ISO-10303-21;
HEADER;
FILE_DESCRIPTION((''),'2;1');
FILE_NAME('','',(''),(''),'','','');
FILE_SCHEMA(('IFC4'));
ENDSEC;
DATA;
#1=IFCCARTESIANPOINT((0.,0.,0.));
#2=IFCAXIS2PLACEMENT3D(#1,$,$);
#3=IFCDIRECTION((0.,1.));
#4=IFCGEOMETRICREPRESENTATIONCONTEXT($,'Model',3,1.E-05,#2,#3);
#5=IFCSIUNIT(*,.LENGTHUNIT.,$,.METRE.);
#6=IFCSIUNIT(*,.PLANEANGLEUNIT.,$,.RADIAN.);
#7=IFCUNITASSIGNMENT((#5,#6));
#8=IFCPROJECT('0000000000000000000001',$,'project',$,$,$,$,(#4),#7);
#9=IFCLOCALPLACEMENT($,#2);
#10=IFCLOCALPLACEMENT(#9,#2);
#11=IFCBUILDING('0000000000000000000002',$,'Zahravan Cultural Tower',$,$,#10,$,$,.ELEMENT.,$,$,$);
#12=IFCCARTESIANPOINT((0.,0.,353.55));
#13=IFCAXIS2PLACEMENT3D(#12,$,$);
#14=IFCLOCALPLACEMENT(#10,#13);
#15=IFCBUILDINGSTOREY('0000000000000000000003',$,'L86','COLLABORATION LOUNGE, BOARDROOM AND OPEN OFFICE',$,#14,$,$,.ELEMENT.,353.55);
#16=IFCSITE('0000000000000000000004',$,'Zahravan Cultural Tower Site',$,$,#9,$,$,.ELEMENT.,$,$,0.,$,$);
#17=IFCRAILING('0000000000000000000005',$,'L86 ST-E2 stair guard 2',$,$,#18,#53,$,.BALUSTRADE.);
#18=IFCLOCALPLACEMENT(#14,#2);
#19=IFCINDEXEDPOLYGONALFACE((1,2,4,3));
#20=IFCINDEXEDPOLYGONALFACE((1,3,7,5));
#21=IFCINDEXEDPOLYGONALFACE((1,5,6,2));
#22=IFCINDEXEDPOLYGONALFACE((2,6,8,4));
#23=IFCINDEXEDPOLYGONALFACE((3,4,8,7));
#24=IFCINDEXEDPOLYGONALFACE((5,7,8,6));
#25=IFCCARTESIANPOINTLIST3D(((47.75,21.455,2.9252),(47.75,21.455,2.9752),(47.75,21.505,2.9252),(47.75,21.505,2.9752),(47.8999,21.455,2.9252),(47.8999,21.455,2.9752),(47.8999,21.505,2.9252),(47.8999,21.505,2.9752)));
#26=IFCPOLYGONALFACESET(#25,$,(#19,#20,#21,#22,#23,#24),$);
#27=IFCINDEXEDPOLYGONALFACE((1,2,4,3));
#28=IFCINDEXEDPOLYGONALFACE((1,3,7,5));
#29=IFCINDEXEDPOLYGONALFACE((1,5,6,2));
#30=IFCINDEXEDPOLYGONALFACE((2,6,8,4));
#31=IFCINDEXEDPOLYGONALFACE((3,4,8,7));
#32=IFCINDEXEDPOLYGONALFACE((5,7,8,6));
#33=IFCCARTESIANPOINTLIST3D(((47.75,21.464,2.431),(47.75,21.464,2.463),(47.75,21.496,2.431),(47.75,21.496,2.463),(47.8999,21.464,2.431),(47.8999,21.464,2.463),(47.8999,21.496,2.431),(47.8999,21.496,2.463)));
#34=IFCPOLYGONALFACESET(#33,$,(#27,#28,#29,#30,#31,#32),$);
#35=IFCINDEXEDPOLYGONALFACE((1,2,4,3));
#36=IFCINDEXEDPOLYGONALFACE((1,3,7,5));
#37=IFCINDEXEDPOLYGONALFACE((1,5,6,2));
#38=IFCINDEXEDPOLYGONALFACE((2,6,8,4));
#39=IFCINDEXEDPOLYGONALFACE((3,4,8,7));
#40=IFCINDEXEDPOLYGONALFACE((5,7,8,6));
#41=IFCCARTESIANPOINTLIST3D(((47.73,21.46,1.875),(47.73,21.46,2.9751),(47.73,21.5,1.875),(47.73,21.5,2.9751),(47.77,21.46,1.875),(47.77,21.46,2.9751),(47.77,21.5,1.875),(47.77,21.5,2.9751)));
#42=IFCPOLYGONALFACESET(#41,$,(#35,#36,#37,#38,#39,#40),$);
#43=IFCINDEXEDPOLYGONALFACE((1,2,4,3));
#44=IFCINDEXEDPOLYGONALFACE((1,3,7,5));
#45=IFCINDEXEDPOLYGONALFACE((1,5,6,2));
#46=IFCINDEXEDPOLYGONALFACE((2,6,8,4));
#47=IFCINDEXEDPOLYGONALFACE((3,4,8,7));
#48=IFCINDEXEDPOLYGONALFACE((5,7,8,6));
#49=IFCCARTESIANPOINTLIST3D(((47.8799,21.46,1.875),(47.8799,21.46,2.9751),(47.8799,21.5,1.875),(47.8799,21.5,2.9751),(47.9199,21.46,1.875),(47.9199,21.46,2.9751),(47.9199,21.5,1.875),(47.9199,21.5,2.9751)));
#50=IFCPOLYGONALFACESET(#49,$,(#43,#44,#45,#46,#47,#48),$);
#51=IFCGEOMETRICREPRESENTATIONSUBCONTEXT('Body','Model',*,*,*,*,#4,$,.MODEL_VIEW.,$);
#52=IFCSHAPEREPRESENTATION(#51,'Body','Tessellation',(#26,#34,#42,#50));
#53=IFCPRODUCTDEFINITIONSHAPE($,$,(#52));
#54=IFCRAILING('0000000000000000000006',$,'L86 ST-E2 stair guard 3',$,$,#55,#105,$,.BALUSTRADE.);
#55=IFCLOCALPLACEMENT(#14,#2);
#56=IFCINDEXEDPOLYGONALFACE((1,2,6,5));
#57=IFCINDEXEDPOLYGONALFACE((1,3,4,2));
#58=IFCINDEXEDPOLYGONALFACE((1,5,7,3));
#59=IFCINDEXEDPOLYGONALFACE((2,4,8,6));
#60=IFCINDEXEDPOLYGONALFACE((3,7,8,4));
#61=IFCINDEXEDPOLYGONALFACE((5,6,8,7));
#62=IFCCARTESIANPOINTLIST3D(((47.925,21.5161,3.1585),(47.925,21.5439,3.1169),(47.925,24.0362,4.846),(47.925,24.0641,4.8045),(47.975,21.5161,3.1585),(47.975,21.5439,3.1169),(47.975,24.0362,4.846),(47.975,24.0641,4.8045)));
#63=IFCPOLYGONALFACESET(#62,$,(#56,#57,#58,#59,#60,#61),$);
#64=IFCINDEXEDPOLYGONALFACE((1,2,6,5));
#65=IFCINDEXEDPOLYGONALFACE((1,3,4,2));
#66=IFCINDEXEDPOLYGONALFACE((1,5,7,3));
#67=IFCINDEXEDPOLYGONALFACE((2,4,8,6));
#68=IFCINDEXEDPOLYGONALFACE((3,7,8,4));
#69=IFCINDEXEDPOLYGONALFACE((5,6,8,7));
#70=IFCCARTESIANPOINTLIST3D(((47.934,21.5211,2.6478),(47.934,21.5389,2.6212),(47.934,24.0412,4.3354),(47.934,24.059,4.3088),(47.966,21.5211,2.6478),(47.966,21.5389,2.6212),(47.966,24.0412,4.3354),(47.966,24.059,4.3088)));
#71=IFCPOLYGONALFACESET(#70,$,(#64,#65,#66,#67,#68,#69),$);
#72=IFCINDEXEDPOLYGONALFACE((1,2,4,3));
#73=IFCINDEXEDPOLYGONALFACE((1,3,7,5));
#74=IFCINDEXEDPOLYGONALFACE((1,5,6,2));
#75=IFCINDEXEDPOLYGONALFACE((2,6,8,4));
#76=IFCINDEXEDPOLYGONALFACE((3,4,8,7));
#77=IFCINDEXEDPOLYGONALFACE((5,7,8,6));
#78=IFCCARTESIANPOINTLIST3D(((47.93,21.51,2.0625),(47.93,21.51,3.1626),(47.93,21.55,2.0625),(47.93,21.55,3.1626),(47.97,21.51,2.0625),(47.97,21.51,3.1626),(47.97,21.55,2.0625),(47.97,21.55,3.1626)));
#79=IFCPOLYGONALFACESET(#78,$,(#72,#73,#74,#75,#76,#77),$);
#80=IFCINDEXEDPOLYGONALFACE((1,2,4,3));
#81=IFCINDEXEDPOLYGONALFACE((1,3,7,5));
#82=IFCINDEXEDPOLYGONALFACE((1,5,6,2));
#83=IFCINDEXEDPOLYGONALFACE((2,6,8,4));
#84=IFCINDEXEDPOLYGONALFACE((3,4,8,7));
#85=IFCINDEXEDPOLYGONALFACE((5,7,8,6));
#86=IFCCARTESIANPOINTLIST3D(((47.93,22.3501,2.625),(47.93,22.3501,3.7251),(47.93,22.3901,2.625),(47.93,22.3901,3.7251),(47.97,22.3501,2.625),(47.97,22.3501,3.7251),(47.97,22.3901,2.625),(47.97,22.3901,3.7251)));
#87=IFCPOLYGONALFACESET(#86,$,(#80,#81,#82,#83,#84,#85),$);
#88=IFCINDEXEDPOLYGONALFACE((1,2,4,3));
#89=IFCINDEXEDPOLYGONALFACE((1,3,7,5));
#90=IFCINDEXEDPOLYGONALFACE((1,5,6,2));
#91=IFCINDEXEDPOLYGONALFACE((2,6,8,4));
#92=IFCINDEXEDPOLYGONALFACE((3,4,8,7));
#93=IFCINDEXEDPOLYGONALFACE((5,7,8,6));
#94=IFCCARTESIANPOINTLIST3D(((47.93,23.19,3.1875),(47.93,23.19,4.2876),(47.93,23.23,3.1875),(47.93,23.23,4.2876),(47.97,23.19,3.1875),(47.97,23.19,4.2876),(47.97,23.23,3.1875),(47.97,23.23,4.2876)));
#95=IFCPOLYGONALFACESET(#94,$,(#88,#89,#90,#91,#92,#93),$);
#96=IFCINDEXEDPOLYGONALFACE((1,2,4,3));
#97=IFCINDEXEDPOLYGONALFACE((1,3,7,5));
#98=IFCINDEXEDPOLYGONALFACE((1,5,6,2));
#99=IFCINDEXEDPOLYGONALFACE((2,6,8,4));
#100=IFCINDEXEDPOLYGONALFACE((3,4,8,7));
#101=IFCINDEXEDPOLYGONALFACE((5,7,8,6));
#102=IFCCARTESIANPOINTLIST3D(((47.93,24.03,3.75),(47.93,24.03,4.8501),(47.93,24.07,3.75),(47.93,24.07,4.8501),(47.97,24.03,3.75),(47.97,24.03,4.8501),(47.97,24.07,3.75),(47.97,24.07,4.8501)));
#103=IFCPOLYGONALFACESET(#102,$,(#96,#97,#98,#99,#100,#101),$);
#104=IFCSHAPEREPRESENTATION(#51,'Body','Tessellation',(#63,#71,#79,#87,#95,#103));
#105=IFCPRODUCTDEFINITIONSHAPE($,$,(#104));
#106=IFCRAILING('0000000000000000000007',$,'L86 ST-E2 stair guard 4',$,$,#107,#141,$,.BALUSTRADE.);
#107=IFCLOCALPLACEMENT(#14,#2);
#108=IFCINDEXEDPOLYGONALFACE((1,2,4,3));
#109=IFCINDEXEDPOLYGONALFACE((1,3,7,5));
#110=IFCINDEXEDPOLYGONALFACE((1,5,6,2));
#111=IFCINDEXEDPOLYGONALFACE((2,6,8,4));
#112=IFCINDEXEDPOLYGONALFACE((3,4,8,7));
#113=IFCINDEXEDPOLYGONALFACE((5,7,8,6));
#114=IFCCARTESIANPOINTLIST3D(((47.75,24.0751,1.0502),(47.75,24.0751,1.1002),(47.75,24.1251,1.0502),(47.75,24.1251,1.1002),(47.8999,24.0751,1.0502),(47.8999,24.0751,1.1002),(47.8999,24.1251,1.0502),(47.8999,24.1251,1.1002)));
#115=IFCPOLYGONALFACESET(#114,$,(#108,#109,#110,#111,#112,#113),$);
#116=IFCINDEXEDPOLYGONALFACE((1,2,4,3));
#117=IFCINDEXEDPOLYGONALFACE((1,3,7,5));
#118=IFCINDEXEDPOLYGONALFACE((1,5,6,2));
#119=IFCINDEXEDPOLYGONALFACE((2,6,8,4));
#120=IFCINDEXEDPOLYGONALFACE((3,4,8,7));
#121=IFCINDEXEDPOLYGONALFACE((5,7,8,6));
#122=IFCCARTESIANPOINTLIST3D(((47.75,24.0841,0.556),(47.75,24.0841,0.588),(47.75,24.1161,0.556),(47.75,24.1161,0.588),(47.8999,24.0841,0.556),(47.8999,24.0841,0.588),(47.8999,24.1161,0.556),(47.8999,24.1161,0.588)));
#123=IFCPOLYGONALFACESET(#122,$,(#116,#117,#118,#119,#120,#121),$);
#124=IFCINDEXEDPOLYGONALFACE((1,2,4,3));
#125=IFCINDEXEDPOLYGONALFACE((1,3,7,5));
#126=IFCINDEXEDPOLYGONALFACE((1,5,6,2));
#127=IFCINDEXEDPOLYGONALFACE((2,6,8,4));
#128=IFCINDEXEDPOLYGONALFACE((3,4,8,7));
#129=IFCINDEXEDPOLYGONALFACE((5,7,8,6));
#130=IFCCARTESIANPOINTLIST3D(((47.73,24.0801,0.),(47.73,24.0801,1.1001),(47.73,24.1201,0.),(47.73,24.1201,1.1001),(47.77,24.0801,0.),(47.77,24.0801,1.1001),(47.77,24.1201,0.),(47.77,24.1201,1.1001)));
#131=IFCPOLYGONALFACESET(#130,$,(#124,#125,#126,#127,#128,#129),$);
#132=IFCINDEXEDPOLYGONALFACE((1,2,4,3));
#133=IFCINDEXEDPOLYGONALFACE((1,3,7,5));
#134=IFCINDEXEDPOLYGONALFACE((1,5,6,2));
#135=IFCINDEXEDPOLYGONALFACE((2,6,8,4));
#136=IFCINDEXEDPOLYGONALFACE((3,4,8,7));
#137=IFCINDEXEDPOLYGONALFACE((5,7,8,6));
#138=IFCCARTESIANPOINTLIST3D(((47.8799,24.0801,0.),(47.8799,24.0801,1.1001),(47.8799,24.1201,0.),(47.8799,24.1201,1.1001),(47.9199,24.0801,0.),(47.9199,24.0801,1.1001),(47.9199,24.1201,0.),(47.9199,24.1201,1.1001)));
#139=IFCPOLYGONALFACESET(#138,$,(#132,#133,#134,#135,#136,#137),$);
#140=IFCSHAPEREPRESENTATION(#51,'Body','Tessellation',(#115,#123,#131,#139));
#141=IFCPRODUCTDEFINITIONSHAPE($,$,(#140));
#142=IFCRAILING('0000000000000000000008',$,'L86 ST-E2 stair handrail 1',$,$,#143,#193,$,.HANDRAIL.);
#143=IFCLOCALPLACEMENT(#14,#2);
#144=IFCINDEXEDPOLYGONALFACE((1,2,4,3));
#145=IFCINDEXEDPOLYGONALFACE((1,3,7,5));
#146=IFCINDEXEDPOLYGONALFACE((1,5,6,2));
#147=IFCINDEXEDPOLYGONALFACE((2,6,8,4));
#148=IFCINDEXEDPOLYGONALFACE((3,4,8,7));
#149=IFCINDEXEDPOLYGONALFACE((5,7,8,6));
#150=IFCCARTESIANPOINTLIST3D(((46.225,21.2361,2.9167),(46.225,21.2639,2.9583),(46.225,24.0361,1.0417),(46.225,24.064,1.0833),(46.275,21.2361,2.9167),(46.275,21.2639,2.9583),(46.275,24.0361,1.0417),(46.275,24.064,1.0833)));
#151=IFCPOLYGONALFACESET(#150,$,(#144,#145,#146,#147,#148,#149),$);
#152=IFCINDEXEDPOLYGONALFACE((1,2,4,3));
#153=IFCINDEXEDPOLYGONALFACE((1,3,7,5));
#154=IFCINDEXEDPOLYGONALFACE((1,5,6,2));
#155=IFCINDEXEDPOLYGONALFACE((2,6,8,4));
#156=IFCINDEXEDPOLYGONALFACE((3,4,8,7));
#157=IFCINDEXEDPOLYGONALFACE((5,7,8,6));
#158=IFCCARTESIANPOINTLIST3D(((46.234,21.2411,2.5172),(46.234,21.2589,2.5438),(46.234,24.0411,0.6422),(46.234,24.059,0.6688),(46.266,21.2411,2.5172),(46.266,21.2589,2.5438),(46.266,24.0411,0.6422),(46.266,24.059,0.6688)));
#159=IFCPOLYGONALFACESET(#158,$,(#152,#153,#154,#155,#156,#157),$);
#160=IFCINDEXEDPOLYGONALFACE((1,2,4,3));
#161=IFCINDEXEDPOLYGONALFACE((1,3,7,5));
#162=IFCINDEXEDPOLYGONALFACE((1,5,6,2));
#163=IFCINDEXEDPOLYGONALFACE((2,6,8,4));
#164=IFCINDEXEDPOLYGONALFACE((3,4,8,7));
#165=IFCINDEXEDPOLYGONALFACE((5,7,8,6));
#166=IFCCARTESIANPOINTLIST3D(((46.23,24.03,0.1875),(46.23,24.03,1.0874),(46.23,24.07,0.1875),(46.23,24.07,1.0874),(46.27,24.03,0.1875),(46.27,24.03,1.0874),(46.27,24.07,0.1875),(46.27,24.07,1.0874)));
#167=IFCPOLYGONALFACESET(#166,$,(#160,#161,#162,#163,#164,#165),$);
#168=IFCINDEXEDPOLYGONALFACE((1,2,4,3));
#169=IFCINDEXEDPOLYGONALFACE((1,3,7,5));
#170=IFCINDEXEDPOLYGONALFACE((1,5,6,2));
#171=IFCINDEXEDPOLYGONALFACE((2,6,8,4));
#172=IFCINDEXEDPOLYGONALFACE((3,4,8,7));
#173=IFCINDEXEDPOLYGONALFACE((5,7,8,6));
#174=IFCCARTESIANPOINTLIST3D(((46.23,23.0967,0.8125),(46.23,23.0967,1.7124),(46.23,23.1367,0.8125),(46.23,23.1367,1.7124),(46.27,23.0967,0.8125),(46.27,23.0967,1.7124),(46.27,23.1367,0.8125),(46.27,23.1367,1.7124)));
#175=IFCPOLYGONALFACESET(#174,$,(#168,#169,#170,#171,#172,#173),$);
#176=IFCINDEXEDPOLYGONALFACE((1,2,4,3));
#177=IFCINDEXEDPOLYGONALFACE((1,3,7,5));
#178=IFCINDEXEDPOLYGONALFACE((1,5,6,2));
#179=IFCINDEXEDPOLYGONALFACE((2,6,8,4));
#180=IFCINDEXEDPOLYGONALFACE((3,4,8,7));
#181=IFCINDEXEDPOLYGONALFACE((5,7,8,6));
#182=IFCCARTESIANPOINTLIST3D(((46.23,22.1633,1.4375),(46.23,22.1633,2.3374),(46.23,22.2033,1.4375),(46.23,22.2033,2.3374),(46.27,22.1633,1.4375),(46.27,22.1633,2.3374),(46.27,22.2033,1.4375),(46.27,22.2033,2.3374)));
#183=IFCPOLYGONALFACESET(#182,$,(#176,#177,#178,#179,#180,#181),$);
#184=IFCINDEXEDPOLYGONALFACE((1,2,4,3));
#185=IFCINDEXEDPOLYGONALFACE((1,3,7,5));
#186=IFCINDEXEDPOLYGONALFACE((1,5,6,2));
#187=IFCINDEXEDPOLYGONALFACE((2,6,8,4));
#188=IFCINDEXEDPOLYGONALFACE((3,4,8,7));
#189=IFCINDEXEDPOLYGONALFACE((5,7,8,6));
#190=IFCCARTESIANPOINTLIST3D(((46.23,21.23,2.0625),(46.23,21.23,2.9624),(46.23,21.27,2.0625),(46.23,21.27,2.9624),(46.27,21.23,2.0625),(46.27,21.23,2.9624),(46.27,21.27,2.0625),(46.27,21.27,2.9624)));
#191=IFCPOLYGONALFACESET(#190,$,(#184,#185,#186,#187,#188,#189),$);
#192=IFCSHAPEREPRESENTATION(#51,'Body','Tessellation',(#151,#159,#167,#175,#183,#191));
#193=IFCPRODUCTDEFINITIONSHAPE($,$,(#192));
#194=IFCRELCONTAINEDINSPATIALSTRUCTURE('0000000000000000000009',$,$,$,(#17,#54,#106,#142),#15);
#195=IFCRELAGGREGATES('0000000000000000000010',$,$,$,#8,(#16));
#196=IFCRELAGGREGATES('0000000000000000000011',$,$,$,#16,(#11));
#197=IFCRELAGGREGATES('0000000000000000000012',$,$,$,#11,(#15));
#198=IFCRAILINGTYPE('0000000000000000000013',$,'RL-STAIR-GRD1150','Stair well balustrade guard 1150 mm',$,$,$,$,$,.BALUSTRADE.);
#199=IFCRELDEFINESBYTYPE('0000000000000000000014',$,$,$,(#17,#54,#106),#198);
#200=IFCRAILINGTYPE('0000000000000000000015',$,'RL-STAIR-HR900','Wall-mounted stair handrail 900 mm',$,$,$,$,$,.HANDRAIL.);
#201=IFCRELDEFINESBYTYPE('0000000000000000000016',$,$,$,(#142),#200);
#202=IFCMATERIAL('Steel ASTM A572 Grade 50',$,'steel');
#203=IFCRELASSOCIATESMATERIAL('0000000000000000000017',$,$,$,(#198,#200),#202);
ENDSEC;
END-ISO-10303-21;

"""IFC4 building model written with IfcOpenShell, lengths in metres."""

from ifc_helpers import new_model, si_unit, direction, frame, origin, origin_2d, place, context, subcontext, project, spatial, rectangle, extrude, material, type_object, element, save


model = new_model("IFC4")

# Units and contexts
model_context = context("Model", 3, precision=1e-05, world=origin(), true_north=direction((0.0, 1.0)))
body_context = subcontext(model_context, "Body", "Model", "MODEL_VIEW")
ifc_project = project(units=[si_unit("LENGTHUNIT", "METRE"), si_unit("PLANEANGLEUNIT", "RADIAN")], contexts=[model_context])

# Site, building, storey
site_placement = place(None, origin())
site = spatial("IfcSite", under=ifc_project, at=site_placement, Name="Zahravan Cultural Tower Site", CompositionType="ELEMENT", RefElevation=0.0)
building_placement = place(site_placement, origin())
building = spatial("IfcBuilding", under=site, at=building_placement, Name="Zahravan Cultural Tower", CompositionType="ELEMENT")
storey_placement = place(building_placement, frame((0.0, 0.0, 353.55)))
storey = spatial("IfcBuildingStorey", under=building, at=storey_placement, Name="L86", Description="COLLABORATION LOUNGE, BOARDROOM AND OPEN OFFICE", CompositionType="ELEMENT", Elevation=353.55)

# Shared definitions
ifc_material_1 = material(Name="Steel ASTM A572 Grade 50", Category="steel")

# Railings
railing_type_1 = type_object("IfcRailingType", Name="RL-STAIR-GRD1150", Description="Stair well balustrade guard 1150 mm", PredefinedType="BALUSTRADE", material=ifc_material_1)
railing_1_placement = place(storey_placement, frame((47.75, 21.48, 1.875)))
element("IfcRailing", 1, at=railing_1_placement, inside=storey, type_object=railing_type_1, Name="L86 ST-E2 stair guard 2", PredefinedType="BALUSTRADE", context=body_context, shape_type="SweptSolid", body=[
    extrude(rectangle(XDim=0.05, YDim=0.05, at=origin_2d()), frame((0.0, 0.0, 1.0752), z_axis=(1.0, 0.0, 0.0), x_axis=(0.0, 1.0, 0.0)), (0.0, 0.0, 1.0), 0.1499),
    extrude(rectangle(XDim=0.032, YDim=0.032, at=origin_2d()), frame((0.0, 0.0, 0.572), z_axis=(1.0, 0.0, 0.0), x_axis=(0.0, 1.0, 0.0)), (0.0, 0.0, 1.0), 0.1499),
    extrude(rectangle(XDim=0.04, YDim=0.04, at=origin_2d()), origin(), (0.0, 0.0, 1.0), 1.1001),
    extrude(rectangle(XDim=0.04, YDim=0.04, at=origin_2d()), frame((0.1499, 0.0, 0.0)), (0.0, 0.0, 1.0), 1.1001),
])
railing_2_placement = place(storey_placement, frame((47.95, 21.53, 2.0625)))
element("IfcRailing", 2, at=railing_2_placement, inside=storey, type_object=railing_type_1, Name="L86 ST-E2 stair guard 3", PredefinedType="BALUSTRADE", context=body_context, shape_type="SweptSolid", body=[
    extrude(rectangle(XDim=0.05, YDim=0.05, at=origin_2d()), frame((0.0, 0.0, 1.0752), z_axis=(0.0, 0.830909, 0.556408), x_axis=(-1.0, 0.0, 0.0)), (0.0, 0.0, 1.0), 3.033),
    extrude(rectangle(XDim=0.032, YDim=0.032, at=origin_2d()), frame((0.0, 0.0, 0.572), z_axis=(0.0, 0.830909, 0.556408), x_axis=(-1.0, 0.0, 0.0)), (0.0, 0.0, 1.0), 3.033),
    extrude(rectangle(XDim=0.04, YDim=0.04, at=origin_2d()), origin(), (0.0, 0.0, 1.0), 1.1001),
    extrude(rectangle(XDim=0.04, YDim=0.04, at=origin_2d()), frame((0.0, 0.8401, 0.5625)), (0.0, 0.0, 1.0), 1.1001),
    extrude(rectangle(XDim=0.04, YDim=0.04, at=origin_2d()), frame((0.0, 1.6799, 1.125)), (0.0, 0.0, 1.0), 1.1001),
    extrude(rectangle(XDim=0.04, YDim=0.04, at=origin_2d()), frame((0.0, 2.52, 1.6875)), (0.0, 0.0, 1.0), 1.1001),
])
railing_3_placement = place(storey_placement, frame((47.75, 24.1001, 0.0)))
element("IfcRailing", 3, at=railing_3_placement, inside=storey, type_object=railing_type_1, Name="L86 ST-E2 stair guard 4", PredefinedType="BALUSTRADE", context=body_context, shape_type="SweptSolid", body=[
    extrude(rectangle(XDim=0.05, YDim=0.05, at=origin_2d()), frame((0.0, 0.0, 1.0752), z_axis=(1.0, 0.0, 0.0), x_axis=(0.0, 1.0, 0.0)), (0.0, 0.0, 1.0), 0.1499),
    extrude(rectangle(XDim=0.032, YDim=0.032, at=origin_2d()), frame((0.0, 0.0, 0.572), z_axis=(1.0, 0.0, 0.0), x_axis=(0.0, 1.0, 0.0)), (0.0, 0.0, 1.0), 0.1499),
    extrude(rectangle(XDim=0.04, YDim=0.04, at=origin_2d()), origin(), (0.0, 0.0, 1.0), 1.1001),
    extrude(rectangle(XDim=0.04, YDim=0.04, at=origin_2d()), frame((0.1499, 0.0, 0.0)), (0.0, 0.0, 1.0), 1.1001),
])
railing_type_2 = type_object("IfcRailingType", Name="RL-STAIR-HR900", Description="Wall-mounted stair handrail 900 mm", PredefinedType="HANDRAIL", material=ifc_material_1)
railing_4_placement = place(storey_placement, frame((46.25, 24.05, 0.1875)))
element("IfcRailing", 4, at=railing_4_placement, inside=storey, type_object=railing_type_2, Name="L86 ST-E2 stair handrail 1", PredefinedType="HANDRAIL", context=body_context, shape_type="SweptSolid", body=[
    extrude(rectangle(XDim=0.05, YDim=0.05, at=origin_2d()), frame((0.0, 0.0, 0.875), z_axis=(0.0, -0.830912, 0.556404), x_axis=(1.0, 0.0, 0.0)), (0.0, 0.0, 1.0), 3.3699),
    extrude(rectangle(XDim=0.032, YDim=0.032, at=origin_2d()), frame((0.0, 0.0, 0.468), z_axis=(0.0, -0.830912, 0.556404), x_axis=(1.0, 0.0, 0.0)), (0.0, 0.0, 1.0), 3.3699),
    extrude(rectangle(XDim=0.04, YDim=0.04, at=origin_2d()), origin(), (0.0, 0.0, 1.0), 0.8999),
    extrude(rectangle(XDim=0.04, YDim=0.04, at=origin_2d()), frame((0.0, -0.9333, 0.625)), (0.0, 0.0, 1.0), 0.8999),
    extrude(rectangle(XDim=0.04, YDim=0.04, at=origin_2d()), frame((0.0, -1.8667, 1.25)), (0.0, 0.0, 1.0), 0.8999),
    extrude(rectangle(XDim=0.04, YDim=0.04, at=origin_2d()), frame((0.0, -2.8, 1.875)), (0.0, 0.0, 1.0), 0.8999),
])

save(model, "model.ifc")
